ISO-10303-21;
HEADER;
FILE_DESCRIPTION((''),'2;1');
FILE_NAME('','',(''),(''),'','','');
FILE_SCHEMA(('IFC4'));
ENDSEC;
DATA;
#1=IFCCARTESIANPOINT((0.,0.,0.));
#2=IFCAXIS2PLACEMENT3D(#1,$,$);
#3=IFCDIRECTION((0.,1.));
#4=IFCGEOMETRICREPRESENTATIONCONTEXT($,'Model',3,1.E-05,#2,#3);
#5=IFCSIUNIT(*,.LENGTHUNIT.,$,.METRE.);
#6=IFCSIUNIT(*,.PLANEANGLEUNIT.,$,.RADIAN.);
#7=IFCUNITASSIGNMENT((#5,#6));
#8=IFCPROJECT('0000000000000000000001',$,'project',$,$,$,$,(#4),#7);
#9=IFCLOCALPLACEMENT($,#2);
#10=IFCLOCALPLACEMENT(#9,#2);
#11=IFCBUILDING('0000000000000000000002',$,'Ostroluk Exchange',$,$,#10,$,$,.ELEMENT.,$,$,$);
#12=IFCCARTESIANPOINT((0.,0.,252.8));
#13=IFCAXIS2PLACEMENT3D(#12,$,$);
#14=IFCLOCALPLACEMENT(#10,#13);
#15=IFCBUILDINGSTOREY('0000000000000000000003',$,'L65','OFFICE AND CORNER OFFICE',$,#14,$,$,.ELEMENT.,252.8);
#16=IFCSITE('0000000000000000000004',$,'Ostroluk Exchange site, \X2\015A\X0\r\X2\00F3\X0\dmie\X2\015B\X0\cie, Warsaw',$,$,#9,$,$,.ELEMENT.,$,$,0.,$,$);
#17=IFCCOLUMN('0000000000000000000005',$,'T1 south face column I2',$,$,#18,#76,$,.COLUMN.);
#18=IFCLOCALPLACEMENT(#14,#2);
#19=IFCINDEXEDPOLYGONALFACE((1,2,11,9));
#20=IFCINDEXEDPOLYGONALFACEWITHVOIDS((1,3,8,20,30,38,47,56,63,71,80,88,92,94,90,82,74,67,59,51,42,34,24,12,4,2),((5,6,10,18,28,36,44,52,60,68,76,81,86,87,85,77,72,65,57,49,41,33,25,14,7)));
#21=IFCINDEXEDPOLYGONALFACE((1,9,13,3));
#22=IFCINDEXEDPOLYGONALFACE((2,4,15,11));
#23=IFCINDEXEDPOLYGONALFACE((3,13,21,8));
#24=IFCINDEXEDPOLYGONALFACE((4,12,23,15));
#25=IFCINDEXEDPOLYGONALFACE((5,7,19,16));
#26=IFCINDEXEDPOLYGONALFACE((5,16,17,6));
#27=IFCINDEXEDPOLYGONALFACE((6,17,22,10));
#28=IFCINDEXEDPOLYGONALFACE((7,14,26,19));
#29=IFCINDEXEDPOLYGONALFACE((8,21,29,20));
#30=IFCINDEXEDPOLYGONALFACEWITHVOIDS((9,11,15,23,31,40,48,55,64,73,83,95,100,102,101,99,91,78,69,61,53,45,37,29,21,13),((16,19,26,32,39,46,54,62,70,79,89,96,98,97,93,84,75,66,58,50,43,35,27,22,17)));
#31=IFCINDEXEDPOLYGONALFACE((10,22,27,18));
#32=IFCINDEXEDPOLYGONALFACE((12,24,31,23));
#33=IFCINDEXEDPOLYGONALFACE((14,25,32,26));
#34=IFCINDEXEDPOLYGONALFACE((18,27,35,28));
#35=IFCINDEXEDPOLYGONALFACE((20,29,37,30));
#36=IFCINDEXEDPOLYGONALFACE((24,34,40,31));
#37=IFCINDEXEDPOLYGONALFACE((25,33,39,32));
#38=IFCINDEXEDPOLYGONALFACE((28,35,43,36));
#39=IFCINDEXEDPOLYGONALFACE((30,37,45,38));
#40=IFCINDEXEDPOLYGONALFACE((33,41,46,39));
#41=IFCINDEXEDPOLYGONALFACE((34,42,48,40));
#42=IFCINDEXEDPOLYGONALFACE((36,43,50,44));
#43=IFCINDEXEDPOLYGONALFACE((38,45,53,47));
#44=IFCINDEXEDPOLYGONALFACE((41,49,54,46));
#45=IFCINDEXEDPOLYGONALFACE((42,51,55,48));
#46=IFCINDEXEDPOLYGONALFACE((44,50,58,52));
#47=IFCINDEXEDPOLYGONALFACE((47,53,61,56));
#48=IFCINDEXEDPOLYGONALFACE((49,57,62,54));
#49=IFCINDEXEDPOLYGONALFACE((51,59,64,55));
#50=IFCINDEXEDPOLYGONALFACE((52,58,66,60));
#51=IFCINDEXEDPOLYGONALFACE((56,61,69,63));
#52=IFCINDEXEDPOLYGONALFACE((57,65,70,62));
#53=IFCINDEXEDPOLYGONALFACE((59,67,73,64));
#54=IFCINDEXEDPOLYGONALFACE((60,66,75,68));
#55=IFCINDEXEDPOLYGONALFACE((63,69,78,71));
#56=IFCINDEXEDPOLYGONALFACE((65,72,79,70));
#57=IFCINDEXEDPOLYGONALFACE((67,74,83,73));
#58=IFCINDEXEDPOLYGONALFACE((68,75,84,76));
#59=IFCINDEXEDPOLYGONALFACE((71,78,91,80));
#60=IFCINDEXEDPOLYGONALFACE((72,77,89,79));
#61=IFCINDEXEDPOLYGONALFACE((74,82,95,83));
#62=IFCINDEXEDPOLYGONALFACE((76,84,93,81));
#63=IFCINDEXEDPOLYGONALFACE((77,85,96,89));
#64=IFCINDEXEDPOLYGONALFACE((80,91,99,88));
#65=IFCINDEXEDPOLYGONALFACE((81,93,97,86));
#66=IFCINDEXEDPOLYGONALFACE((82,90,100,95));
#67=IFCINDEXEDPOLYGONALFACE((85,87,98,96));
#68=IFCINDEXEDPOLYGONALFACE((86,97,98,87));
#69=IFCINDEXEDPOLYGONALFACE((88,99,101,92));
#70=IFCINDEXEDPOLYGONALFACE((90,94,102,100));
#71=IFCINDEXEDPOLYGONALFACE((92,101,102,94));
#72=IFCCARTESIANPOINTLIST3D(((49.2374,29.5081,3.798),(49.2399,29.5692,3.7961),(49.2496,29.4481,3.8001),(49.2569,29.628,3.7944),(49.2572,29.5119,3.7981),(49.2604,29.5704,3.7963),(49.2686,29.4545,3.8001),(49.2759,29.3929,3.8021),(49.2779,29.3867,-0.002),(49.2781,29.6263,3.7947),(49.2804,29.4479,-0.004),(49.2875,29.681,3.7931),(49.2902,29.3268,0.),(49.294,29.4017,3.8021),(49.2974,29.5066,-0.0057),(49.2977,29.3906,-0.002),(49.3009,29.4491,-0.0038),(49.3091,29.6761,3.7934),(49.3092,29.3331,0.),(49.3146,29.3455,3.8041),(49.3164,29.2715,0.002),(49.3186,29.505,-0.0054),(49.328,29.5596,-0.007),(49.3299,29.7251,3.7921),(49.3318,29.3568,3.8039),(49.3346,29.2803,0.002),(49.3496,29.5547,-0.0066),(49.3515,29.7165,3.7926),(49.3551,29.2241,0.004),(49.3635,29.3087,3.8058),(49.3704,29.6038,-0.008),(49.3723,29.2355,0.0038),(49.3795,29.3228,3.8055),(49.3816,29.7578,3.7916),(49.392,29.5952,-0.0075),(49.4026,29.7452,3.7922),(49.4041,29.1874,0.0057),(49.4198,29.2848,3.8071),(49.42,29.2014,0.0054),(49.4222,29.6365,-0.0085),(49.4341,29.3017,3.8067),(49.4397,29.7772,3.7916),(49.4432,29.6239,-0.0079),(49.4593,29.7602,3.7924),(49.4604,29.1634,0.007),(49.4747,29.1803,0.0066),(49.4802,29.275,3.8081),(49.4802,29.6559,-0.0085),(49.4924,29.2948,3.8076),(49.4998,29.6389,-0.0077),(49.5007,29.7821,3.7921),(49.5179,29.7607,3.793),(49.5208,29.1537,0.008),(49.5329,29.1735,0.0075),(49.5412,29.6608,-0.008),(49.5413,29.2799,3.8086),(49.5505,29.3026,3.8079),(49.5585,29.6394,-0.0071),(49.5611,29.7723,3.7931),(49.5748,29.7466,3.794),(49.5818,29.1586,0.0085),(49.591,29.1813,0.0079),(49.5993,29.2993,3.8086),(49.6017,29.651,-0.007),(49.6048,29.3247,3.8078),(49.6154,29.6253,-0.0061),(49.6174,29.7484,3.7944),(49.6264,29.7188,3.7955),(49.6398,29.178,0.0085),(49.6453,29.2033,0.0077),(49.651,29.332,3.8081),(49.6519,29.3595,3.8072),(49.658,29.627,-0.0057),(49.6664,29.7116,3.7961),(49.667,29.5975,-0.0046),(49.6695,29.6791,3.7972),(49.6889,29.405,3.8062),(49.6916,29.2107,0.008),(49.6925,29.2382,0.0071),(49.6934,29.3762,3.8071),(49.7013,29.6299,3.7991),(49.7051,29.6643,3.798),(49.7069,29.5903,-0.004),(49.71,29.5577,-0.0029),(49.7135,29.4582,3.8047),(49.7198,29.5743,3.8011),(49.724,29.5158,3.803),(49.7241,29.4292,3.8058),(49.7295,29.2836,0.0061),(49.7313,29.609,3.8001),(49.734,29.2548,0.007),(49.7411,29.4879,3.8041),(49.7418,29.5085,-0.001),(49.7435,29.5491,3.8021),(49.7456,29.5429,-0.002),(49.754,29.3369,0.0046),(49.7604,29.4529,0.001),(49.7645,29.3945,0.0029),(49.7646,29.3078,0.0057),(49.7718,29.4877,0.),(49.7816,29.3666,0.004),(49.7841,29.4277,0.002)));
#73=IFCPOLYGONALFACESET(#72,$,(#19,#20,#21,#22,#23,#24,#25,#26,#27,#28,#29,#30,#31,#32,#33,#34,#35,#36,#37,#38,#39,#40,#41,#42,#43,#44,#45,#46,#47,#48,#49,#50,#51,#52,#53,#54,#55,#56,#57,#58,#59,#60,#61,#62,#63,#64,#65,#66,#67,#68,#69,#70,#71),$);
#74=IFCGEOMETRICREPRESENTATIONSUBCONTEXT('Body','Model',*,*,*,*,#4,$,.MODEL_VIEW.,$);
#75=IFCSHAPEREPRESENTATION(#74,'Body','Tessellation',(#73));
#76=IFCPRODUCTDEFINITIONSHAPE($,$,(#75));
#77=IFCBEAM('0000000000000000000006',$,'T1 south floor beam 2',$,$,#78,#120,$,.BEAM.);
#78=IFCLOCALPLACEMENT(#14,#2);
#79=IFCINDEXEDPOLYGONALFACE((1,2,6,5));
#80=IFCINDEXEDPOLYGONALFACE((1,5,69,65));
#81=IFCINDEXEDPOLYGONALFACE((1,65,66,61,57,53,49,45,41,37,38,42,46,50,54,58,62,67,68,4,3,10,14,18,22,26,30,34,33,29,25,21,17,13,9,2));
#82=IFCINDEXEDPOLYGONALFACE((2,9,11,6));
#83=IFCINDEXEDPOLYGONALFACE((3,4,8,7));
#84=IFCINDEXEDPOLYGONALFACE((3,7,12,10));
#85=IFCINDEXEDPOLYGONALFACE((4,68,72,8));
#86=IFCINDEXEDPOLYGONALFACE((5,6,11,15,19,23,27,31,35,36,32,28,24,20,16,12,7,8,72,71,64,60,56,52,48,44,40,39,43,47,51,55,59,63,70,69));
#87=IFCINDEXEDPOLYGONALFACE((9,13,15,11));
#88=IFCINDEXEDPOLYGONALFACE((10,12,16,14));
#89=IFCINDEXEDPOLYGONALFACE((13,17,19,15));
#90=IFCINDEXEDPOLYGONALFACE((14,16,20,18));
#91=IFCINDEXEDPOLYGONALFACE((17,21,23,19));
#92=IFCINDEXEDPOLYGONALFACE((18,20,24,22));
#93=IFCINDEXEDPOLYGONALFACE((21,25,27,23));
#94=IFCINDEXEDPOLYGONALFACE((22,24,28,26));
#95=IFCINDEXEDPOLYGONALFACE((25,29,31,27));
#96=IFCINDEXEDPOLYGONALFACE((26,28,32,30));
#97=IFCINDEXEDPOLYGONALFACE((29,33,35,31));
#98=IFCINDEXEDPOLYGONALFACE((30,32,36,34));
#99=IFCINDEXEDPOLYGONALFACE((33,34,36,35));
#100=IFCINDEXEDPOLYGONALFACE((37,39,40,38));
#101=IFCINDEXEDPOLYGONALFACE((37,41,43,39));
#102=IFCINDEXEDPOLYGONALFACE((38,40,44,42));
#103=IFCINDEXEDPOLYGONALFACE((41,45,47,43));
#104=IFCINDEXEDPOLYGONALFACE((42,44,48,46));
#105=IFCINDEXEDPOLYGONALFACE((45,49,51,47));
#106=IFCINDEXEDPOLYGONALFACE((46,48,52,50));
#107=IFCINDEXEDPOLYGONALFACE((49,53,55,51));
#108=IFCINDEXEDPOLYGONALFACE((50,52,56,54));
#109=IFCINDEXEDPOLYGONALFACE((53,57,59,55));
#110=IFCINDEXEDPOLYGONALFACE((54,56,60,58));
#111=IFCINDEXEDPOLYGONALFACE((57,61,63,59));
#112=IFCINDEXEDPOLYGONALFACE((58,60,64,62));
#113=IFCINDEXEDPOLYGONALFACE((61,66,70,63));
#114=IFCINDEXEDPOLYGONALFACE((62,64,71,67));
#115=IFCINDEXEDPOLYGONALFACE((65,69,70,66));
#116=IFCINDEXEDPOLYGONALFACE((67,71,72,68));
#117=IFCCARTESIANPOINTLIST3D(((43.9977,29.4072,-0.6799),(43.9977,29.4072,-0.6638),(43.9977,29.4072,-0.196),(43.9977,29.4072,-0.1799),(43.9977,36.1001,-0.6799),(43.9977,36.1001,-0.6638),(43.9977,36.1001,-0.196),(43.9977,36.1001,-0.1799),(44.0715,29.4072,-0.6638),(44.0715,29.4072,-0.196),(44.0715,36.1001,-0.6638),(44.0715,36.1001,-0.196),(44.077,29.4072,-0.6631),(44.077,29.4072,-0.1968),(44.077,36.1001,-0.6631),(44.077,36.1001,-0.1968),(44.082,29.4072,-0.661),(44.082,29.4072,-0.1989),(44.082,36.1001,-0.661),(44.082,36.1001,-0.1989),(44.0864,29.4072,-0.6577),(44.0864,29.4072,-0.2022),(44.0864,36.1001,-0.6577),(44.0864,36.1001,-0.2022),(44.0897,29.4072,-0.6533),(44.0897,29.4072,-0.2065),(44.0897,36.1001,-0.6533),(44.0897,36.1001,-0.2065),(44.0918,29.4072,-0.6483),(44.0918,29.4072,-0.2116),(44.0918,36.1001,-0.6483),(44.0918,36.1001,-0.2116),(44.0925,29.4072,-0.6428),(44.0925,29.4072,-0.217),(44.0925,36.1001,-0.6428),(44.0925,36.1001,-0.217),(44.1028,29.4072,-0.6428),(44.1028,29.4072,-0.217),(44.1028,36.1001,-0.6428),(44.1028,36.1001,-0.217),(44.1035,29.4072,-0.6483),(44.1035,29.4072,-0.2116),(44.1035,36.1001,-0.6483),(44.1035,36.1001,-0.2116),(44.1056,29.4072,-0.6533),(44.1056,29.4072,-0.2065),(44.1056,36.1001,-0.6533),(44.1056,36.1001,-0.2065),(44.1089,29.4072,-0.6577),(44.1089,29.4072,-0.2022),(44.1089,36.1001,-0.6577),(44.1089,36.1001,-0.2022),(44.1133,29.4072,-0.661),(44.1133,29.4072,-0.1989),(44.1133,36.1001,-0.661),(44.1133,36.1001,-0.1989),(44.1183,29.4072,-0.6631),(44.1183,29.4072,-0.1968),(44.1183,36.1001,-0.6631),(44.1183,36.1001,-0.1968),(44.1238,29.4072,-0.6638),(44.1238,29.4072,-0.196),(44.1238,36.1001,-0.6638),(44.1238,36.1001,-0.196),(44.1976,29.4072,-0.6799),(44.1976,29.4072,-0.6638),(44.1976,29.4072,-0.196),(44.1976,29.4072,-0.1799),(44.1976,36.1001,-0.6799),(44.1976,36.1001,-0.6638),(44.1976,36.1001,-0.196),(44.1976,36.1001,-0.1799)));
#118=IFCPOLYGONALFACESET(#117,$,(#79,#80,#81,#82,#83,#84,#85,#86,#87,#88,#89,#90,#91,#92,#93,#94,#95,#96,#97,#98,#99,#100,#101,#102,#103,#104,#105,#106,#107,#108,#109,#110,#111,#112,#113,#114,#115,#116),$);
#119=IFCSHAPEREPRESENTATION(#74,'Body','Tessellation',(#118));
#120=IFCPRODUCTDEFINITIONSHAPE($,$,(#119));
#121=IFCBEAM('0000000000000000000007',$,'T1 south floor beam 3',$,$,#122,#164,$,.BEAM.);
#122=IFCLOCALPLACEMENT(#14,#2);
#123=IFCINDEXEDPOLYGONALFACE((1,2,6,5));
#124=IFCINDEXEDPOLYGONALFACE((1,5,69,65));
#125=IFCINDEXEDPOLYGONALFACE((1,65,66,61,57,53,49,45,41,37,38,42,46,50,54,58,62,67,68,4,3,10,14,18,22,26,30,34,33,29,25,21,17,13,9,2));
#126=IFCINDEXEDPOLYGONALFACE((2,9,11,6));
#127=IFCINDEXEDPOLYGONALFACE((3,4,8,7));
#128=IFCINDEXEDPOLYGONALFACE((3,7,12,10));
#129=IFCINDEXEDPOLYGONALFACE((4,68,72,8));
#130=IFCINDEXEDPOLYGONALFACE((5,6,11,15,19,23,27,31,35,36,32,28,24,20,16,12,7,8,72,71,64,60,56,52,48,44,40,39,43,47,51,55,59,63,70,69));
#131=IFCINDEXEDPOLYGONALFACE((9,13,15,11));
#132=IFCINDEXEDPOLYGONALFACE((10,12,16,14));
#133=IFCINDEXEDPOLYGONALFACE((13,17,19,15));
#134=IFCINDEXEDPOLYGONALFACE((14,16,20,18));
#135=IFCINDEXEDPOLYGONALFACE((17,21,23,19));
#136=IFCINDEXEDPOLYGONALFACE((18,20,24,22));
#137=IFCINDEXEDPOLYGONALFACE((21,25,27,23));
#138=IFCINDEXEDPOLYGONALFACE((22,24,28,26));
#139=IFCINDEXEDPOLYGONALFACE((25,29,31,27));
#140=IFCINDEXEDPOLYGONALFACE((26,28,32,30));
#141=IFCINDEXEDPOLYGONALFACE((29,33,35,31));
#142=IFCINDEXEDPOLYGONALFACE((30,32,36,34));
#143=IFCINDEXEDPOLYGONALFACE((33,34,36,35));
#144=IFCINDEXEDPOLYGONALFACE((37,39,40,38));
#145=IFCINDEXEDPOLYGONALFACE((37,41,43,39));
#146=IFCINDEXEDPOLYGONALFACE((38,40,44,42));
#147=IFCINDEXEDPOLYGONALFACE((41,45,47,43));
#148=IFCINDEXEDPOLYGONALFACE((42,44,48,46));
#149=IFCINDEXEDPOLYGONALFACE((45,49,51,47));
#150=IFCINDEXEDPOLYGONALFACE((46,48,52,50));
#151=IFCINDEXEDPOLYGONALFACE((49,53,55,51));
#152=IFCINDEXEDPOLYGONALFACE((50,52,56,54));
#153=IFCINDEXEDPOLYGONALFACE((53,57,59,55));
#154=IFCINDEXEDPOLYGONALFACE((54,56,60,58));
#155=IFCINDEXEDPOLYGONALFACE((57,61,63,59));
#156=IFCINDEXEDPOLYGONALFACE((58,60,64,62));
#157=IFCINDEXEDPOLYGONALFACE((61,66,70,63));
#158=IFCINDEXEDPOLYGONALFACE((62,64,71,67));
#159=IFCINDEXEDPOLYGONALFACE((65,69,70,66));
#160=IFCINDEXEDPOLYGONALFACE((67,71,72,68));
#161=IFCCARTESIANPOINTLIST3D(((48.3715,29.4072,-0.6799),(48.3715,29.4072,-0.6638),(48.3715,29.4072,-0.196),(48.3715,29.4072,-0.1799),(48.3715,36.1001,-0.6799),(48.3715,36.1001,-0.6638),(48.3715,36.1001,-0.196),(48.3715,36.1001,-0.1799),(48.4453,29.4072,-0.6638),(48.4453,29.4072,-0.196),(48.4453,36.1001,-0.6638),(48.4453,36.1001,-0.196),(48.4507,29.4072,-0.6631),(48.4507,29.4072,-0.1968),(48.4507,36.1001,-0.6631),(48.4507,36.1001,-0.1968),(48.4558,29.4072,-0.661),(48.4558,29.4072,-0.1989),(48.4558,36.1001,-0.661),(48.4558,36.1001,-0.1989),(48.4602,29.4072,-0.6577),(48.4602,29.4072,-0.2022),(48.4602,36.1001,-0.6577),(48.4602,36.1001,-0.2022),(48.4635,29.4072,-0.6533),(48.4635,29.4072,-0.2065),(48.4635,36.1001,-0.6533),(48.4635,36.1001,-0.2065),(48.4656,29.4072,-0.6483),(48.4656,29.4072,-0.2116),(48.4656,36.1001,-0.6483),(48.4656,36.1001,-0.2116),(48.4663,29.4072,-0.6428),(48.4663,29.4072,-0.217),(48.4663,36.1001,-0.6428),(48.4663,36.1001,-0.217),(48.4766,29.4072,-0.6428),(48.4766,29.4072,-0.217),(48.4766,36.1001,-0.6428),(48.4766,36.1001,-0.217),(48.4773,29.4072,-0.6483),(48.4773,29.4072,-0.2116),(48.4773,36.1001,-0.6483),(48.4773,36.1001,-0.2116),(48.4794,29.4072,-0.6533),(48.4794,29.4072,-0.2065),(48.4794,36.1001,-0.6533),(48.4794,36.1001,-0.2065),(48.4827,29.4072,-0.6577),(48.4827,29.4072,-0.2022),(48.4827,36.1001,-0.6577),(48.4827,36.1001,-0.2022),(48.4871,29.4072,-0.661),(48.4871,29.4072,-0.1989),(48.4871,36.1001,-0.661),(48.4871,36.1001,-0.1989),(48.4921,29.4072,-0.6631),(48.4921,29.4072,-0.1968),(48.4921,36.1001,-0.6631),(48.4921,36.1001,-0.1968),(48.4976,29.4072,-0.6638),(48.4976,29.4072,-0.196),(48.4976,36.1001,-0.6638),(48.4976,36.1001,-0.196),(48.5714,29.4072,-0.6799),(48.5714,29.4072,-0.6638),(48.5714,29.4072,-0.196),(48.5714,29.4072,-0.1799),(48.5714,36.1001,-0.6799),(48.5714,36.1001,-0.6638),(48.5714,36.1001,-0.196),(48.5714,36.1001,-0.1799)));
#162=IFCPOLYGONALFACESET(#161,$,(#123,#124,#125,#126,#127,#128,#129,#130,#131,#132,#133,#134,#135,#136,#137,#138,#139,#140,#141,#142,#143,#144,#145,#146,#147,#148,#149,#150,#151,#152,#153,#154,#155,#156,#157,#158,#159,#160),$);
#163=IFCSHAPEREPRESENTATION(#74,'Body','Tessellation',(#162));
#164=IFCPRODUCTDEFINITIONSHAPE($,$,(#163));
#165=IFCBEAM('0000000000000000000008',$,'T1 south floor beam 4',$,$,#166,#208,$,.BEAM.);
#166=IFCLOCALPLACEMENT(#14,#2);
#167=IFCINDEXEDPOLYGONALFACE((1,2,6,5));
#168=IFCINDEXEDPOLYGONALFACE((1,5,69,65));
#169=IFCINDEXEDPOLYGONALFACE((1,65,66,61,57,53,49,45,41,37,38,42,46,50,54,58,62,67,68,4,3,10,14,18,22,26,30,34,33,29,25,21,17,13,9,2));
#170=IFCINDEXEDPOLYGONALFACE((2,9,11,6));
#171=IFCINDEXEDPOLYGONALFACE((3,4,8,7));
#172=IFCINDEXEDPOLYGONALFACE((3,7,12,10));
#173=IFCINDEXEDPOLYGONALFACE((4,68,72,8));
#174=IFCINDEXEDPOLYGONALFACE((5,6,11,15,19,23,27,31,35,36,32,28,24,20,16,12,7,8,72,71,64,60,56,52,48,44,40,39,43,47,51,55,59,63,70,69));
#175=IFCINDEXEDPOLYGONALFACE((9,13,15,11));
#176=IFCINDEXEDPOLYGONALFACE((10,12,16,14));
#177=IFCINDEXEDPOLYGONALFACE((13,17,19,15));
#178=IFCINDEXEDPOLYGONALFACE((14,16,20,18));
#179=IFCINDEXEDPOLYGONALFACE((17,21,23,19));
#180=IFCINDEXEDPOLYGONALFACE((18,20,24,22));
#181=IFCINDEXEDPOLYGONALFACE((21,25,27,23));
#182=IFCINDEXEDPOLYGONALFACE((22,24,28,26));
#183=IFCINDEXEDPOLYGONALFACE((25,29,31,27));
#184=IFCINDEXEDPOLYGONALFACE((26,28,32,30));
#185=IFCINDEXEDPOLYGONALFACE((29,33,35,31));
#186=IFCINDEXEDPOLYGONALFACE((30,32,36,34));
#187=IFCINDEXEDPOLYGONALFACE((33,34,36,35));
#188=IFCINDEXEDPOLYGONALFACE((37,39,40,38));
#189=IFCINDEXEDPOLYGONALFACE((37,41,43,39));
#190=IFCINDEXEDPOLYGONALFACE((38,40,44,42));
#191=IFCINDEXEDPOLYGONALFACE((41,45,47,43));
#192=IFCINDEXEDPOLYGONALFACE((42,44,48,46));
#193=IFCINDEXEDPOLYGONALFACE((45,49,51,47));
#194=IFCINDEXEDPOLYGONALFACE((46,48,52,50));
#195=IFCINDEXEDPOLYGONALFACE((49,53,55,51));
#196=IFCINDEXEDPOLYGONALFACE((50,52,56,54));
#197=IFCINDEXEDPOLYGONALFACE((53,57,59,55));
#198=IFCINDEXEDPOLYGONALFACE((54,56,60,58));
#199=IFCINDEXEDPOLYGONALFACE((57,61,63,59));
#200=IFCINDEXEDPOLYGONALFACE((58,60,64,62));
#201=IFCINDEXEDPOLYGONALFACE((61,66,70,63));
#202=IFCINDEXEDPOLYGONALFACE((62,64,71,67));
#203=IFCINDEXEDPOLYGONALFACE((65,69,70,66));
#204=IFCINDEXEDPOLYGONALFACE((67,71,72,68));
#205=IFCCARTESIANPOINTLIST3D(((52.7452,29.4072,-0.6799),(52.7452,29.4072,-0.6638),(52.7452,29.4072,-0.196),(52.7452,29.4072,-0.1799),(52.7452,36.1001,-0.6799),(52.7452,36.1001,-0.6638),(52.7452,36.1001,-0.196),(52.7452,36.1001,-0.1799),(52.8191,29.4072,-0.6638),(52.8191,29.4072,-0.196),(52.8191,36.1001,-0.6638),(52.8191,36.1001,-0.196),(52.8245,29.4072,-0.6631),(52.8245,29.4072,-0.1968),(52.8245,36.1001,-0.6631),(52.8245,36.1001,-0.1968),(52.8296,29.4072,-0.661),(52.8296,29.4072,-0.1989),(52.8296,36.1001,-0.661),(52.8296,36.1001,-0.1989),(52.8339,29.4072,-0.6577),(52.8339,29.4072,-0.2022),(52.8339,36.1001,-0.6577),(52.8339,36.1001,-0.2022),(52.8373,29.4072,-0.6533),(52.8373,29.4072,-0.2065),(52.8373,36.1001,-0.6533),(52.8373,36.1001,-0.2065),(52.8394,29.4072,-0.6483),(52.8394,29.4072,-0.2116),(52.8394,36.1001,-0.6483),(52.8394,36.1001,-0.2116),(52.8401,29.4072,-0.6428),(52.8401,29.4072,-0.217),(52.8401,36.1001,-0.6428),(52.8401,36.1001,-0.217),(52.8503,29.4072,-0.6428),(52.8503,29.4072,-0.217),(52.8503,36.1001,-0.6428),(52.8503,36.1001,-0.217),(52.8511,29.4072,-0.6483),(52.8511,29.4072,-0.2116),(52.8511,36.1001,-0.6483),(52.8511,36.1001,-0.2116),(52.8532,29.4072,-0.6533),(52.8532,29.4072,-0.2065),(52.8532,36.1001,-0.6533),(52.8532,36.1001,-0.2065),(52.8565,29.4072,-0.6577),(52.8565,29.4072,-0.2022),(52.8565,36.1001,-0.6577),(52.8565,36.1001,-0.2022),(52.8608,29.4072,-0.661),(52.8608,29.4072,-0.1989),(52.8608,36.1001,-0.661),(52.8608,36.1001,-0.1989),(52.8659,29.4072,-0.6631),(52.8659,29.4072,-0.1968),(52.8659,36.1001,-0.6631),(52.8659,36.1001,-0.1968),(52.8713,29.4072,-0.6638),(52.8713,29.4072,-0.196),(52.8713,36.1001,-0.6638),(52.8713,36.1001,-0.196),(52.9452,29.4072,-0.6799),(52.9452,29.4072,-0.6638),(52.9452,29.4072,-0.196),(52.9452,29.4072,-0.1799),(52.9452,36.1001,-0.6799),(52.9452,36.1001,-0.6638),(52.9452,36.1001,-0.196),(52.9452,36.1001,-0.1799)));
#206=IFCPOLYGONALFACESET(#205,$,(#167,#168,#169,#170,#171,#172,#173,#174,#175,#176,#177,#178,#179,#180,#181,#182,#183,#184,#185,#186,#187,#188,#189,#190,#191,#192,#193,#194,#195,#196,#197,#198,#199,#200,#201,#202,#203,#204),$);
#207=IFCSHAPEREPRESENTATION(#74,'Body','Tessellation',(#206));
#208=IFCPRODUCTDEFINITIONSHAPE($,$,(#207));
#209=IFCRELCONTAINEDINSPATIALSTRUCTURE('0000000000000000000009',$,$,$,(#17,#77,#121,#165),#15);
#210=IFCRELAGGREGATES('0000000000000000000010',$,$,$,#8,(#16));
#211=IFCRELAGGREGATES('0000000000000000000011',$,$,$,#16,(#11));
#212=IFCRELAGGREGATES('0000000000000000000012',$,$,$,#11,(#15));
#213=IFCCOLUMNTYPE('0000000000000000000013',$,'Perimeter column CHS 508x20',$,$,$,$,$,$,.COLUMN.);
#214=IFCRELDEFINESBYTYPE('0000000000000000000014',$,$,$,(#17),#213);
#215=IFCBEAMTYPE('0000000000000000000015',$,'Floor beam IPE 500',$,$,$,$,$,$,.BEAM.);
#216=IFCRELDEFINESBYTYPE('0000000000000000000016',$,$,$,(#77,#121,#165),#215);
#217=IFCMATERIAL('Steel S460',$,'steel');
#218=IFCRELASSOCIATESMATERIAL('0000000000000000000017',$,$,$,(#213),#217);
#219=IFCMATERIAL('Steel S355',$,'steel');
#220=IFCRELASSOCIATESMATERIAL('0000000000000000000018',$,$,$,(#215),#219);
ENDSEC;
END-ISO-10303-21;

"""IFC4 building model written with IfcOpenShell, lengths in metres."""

from ifc_helpers import new_model, si_unit, direction, frame, origin, origin_2d, place, context, subcontext, project, spatial, hollow_circle, i_section, extrude, material, material_profile, profile_set, type_object, element, save


model = new_model("IFC4")

# Units and contexts
model_context = context("Model", 3, precision=1e-05, world=origin(), true_north=direction((0.0, 1.0)))
body_context = subcontext(model_context, "Body", "Model", "MODEL_VIEW")
ifc_project = project(units=[si_unit("LENGTHUNIT", "METRE"), si_unit("PLANEANGLEUNIT", "RADIAN")], contexts=[model_context])

# Site, building, storey
site_placement = place(None, origin())
site = spatial("IfcSite", under=ifc_project, at=site_placement, Name="Ostroluk Exchange site, Śródmieście, Warsaw", CompositionType="ELEMENT", RefElevation=0.0)
building_placement = place(site_placement, origin())
building = spatial("IfcBuilding", under=site, at=building_placement, Name="Ostroluk Exchange", CompositionType="ELEMENT")
storey_placement = place(building_placement, frame((0.0, 0.0, 252.8)))
storey = spatial("IfcBuildingStorey", under=building, at=storey_placement, Name="L65", Description="OFFICE AND CORNER OFFICE", CompositionType="ELEMENT", Elevation=252.8)

# Column
ifc_material_1 = material(Name="Steel S460", Category="steel")
ifc_material_profile_1 = material_profile(ifc_material_1, hollow_circle(Radius=0.2539, WallThickness=0.02, at=origin_2d()), Name="CHS 508x20")
ifc_profile_set_1 = profile_set([ifc_material_profile_1], Name="Steel S460")
column_type = type_object("IfcColumnType", Name="Perimeter column CHS 508x20", PredefinedType="COLUMN", material=ifc_profile_set_1)
column_placement = place(storey_placement, frame((49.531, 29.4072, 0.0), z_axis=(-0.010659, 0.031913, 0.999434), x_axis=(-0.948492, -0.3168, 0.0)))
element("IfcColumn", 1, at=column_placement, inside=storey, type_object=column_type, Name="T1 south face column I2", PredefinedType="COLUMN", context=body_context, shape_type="SweptSolid", body=[
    extrude(hollow_circle(Radius=0.2539, WallThickness=0.02, at=origin_2d()), origin(), (0.0, 0.0, 1.0), 3.8022),
])

# Beams
ifc_material_2 = material(Name="Steel S355", Category="steel")
ifc_material_profile_2 = material_profile(ifc_material_2, i_section(OverallWidth=0.2, OverallDepth=0.5, WebThickness=0.0103, FlangeThickness=0.0161, FilletRadius=0.021, at=origin_2d()), Name="IPE 500")
ifc_profile_set_2 = profile_set([ifc_material_profile_2], Name="Steel S355")
beam_type_1 = type_object("IfcBeamType", Name="Floor beam IPE 500", PredefinedType="BEAM", material=ifc_profile_set_2)
for number, where, z_axis, x_axis, name in (
    (2, (44.0977, 36.1001, -0.4299), (0.0, -1.0, 0.0), (1.0, 0.0, 0.0), "T1 south floor beam 2"),
    (3, (48.4714, 36.1001, -0.4299), (0.0, -1.0, 0.0), (1.0, 0.0, 0.0), "T1 south floor beam 3"),
    (4, (52.8452, 36.1001, -0.4299), (0.0, -1.0, 0.0), (1.0, 0.0, 0.0), "T1 south floor beam 4"),
):
    element("IfcBeam", number, at=place(storey_placement, frame(where, z_axis=z_axis, x_axis=x_axis)), inside=storey, type_object=beam_type_1, Name=name, PredefinedType="BEAM", context=body_context, shape_type="SweptSolid", body=[
        extrude(i_section(OverallWidth=0.2, OverallDepth=0.5, WebThickness=0.0103, FlangeThickness=0.0161, FilletRadius=0.021, at=origin_2d()), origin(), (0.0, 0.0, 1.0), 6.6929),
    ])

save(model, "model.ifc")
